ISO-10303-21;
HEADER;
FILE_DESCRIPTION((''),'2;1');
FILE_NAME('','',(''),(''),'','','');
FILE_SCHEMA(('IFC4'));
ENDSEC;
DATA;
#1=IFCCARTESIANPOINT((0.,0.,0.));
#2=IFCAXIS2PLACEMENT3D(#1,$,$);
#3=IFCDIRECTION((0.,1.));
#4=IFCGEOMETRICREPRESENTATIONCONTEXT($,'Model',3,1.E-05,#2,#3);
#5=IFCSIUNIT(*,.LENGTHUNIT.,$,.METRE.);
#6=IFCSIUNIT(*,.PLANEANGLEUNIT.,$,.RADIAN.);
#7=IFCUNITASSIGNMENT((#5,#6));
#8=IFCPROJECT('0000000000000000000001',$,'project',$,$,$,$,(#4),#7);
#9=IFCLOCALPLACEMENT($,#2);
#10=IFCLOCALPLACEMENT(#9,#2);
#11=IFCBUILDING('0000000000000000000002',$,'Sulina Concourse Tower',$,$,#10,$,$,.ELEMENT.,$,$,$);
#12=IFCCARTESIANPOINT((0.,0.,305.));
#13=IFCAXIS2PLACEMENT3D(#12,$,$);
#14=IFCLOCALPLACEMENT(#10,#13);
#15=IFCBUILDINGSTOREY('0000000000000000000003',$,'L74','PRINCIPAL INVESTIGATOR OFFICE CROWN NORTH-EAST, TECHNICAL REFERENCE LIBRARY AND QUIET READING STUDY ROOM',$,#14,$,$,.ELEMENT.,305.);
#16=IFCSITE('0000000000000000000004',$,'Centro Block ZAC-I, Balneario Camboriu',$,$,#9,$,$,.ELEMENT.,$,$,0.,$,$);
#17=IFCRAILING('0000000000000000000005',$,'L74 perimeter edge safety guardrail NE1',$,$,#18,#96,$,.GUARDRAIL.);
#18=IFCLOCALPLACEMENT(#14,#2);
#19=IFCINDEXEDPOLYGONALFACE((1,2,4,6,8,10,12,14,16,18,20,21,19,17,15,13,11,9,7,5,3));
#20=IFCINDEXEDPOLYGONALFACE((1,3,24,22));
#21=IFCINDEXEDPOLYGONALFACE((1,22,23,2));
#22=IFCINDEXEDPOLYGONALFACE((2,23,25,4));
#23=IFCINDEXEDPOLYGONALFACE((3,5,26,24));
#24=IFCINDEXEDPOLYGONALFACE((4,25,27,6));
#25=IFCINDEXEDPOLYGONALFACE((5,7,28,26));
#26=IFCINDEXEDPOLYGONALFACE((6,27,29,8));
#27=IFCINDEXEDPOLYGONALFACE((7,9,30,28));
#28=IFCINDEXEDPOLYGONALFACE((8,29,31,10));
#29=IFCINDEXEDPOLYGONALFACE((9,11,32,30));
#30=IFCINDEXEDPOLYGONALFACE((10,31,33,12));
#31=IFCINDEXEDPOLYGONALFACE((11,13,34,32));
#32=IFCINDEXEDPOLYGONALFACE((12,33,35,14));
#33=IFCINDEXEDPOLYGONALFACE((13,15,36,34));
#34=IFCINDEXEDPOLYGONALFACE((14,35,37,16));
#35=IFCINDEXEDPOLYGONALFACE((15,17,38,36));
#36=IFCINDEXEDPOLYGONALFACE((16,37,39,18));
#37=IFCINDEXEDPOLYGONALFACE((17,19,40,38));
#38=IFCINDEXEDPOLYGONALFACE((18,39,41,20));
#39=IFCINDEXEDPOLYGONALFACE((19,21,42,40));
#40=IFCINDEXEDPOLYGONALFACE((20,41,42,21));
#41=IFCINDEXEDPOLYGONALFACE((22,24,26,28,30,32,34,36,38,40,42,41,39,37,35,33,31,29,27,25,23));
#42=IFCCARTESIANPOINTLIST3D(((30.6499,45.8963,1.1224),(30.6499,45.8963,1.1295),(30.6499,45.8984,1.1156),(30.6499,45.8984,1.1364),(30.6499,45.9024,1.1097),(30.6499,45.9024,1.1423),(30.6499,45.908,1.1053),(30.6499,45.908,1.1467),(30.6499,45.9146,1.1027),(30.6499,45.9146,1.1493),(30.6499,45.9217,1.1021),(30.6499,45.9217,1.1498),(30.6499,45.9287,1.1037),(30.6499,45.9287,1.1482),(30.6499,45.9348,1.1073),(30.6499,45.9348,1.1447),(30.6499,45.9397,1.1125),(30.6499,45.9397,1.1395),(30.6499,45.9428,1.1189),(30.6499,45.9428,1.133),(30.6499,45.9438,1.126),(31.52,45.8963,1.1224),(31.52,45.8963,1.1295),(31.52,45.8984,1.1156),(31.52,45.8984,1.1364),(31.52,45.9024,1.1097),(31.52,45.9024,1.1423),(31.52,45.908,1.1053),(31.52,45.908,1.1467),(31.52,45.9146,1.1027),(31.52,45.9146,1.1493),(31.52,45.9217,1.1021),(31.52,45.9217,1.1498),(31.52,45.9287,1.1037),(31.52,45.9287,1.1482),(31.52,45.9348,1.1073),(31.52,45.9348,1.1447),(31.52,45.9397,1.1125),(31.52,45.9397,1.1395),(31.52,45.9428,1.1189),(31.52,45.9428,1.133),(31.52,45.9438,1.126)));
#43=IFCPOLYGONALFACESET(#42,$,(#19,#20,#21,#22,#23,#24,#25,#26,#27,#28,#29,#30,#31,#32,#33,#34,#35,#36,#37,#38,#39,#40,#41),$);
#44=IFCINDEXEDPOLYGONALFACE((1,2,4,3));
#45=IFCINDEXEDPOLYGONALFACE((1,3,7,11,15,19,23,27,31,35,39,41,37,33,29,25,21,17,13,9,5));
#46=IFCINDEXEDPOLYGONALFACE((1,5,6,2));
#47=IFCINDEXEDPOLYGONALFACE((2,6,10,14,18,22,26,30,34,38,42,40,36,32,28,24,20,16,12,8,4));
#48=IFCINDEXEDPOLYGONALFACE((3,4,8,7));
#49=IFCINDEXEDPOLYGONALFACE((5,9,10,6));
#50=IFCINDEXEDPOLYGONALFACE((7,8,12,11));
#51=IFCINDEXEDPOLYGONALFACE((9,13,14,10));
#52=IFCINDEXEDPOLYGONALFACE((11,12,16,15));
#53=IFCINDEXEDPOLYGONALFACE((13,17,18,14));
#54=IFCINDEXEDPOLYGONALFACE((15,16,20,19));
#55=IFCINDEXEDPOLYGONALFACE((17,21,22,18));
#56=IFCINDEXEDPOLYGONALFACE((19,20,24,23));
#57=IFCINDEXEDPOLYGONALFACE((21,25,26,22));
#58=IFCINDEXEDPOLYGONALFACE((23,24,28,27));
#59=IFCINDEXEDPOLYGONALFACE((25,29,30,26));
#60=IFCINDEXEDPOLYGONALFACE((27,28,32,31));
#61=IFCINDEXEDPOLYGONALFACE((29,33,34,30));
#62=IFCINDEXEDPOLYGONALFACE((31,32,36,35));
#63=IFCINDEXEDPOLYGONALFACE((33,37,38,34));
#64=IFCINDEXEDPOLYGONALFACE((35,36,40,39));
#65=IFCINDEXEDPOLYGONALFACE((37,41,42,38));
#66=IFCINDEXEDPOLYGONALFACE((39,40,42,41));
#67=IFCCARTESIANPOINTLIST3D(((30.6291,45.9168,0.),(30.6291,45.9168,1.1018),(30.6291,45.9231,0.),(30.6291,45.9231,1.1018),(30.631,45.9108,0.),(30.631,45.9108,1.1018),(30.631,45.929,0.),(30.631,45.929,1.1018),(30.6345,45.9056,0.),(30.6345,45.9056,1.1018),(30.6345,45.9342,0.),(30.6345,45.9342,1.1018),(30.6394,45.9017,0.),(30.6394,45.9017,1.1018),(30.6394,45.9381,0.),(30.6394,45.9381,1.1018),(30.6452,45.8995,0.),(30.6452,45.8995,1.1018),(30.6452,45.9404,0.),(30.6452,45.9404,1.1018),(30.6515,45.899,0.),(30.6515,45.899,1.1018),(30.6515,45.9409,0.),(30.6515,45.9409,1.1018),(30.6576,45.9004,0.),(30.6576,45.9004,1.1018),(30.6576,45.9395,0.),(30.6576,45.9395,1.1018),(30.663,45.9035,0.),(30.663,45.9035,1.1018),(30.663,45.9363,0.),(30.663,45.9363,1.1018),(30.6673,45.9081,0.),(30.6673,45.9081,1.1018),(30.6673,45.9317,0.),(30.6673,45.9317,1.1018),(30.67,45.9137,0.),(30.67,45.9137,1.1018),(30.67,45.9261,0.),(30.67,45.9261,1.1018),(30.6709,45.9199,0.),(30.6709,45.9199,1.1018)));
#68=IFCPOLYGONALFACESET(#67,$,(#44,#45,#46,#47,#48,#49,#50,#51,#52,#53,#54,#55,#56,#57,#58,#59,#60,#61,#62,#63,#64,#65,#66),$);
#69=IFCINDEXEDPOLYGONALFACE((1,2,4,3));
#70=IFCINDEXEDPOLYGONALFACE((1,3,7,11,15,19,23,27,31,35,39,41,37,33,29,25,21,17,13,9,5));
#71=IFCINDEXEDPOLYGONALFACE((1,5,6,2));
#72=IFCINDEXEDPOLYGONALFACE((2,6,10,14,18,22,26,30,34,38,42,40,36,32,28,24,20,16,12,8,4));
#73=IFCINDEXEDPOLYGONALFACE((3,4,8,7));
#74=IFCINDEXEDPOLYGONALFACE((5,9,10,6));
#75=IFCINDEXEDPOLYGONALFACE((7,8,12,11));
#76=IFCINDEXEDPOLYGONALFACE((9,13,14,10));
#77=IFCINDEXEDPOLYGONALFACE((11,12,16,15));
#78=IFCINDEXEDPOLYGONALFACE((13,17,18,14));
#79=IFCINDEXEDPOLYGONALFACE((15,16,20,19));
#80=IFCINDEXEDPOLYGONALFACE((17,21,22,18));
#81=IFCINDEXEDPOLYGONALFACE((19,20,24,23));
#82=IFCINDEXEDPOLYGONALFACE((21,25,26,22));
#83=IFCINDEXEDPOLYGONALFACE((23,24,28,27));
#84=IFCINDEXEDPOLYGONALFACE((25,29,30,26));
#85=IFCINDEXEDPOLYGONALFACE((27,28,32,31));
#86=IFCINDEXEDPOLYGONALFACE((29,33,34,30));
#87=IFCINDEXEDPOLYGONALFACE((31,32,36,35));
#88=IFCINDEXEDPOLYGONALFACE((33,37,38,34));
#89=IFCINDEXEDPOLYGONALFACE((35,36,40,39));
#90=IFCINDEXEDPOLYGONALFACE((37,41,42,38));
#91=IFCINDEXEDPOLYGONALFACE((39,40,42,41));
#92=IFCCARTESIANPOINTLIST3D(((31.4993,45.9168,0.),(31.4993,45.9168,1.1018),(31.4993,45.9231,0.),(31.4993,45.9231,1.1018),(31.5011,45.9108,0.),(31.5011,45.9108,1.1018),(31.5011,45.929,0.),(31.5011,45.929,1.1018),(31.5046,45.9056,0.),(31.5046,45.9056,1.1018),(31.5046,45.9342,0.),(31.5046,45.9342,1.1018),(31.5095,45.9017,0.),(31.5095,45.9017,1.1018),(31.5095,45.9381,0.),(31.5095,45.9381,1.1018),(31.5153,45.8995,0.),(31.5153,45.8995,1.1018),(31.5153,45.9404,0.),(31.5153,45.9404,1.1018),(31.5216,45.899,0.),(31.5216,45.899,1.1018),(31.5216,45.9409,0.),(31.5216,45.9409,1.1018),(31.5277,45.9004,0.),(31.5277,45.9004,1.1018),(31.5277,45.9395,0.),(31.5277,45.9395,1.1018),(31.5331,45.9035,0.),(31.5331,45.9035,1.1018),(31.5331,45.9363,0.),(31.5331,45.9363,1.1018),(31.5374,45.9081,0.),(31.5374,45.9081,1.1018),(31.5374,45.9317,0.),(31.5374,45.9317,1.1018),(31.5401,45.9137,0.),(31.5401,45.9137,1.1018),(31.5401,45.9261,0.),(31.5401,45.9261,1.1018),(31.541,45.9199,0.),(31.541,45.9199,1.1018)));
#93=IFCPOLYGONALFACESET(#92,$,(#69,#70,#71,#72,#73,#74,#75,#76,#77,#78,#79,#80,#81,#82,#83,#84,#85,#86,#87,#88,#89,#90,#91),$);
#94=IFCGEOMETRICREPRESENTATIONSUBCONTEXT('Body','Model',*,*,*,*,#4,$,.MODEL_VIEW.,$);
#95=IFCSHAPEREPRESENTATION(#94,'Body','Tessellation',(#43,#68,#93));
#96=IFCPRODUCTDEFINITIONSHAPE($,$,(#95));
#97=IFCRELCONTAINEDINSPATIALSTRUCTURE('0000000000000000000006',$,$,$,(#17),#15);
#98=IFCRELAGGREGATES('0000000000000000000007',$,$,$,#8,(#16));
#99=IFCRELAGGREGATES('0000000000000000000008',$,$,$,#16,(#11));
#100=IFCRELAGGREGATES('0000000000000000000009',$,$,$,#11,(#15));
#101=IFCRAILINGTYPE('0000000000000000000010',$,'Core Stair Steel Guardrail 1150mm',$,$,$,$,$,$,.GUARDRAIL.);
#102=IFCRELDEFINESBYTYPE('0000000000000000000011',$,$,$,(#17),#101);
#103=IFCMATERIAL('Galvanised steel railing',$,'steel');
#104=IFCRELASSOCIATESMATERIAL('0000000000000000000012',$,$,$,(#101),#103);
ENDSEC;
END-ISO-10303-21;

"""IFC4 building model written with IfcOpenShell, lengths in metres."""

from ifc_helpers import new_model, si_unit, direction, frame, origin, origin_2d, place, context, subcontext, project, spatial, circle, extrude, material, type_object, element, save


model = new_model("IFC4")

# Units and contexts
model_context = context("Model", 3, precision=1e-05, world=origin(), true_north=direction((0.0, 1.0)))
body_context = subcontext(model_context, "Body", "Model", "MODEL_VIEW")
ifc_project = project(units=[si_unit("LENGTHUNIT", "METRE"), si_unit("PLANEANGLEUNIT", "RADIAN")], contexts=[model_context])

# Site, building, storey
site_placement = place(None, origin())
site = spatial("IfcSite", under=ifc_project, at=site_placement, Name="Centro Block ZAC-I, Balneario Camboriu", CompositionType="ELEMENT", RefElevation=0.0)
building_placement = place(site_placement, origin())
building = spatial("IfcBuilding", under=site, at=building_placement, Name="Sulina Concourse Tower", CompositionType="ELEMENT")
storey_placement = place(building_placement, frame((0.0, 0.0, 305.0)))
storey = spatial("IfcBuildingStorey", under=building, at=storey_placement, Name="L74", Description="PRINCIPAL INVESTIGATOR OFFICE CROWN NORTH-EAST, TECHNICAL REFERENCE LIBRARY AND QUIET READING STUDY ROOM", CompositionType="ELEMENT", Elevation=305.0)

# Railing
ifc_material_1 = material(Name="Galvanised steel railing", Category="steel")
railing_type_1 = type_object("IfcRailingType", Name="Core Stair Steel Guardrail 1150mm", PredefinedType="GUARDRAIL", material=ifc_material_1)
railing_1_placement = place(storey_placement, frame((30.6499, 45.9199, 0.0)))
element("IfcRailing", 1, at=railing_1_placement, inside=storey, type_object=railing_type_1, Name="L74 perimeter edge safety guardrail NE1", PredefinedType="GUARDRAIL", context=body_context, shape_type="SweptSolid", body=[
    extrude(circle(Radius=0.0239, at=origin_2d()), frame((0.0, 0.0, 1.126), z_axis=(1.0, 0.0, 0.0), x_axis=(0.0, 1.0, 0.0)), (0.0, 0.0, 1.0), 0.8701),
    extrude(circle(Radius=0.021, at=origin_2d()), origin(), (0.0, 0.0, 1.0), 1.1018),
    extrude(circle(Radius=0.021, at=origin_2d()), frame((0.8701, 0.0, 0.0)), (0.0, 0.0, 1.0), 1.1018),
])

save(model, "model.ifc")
